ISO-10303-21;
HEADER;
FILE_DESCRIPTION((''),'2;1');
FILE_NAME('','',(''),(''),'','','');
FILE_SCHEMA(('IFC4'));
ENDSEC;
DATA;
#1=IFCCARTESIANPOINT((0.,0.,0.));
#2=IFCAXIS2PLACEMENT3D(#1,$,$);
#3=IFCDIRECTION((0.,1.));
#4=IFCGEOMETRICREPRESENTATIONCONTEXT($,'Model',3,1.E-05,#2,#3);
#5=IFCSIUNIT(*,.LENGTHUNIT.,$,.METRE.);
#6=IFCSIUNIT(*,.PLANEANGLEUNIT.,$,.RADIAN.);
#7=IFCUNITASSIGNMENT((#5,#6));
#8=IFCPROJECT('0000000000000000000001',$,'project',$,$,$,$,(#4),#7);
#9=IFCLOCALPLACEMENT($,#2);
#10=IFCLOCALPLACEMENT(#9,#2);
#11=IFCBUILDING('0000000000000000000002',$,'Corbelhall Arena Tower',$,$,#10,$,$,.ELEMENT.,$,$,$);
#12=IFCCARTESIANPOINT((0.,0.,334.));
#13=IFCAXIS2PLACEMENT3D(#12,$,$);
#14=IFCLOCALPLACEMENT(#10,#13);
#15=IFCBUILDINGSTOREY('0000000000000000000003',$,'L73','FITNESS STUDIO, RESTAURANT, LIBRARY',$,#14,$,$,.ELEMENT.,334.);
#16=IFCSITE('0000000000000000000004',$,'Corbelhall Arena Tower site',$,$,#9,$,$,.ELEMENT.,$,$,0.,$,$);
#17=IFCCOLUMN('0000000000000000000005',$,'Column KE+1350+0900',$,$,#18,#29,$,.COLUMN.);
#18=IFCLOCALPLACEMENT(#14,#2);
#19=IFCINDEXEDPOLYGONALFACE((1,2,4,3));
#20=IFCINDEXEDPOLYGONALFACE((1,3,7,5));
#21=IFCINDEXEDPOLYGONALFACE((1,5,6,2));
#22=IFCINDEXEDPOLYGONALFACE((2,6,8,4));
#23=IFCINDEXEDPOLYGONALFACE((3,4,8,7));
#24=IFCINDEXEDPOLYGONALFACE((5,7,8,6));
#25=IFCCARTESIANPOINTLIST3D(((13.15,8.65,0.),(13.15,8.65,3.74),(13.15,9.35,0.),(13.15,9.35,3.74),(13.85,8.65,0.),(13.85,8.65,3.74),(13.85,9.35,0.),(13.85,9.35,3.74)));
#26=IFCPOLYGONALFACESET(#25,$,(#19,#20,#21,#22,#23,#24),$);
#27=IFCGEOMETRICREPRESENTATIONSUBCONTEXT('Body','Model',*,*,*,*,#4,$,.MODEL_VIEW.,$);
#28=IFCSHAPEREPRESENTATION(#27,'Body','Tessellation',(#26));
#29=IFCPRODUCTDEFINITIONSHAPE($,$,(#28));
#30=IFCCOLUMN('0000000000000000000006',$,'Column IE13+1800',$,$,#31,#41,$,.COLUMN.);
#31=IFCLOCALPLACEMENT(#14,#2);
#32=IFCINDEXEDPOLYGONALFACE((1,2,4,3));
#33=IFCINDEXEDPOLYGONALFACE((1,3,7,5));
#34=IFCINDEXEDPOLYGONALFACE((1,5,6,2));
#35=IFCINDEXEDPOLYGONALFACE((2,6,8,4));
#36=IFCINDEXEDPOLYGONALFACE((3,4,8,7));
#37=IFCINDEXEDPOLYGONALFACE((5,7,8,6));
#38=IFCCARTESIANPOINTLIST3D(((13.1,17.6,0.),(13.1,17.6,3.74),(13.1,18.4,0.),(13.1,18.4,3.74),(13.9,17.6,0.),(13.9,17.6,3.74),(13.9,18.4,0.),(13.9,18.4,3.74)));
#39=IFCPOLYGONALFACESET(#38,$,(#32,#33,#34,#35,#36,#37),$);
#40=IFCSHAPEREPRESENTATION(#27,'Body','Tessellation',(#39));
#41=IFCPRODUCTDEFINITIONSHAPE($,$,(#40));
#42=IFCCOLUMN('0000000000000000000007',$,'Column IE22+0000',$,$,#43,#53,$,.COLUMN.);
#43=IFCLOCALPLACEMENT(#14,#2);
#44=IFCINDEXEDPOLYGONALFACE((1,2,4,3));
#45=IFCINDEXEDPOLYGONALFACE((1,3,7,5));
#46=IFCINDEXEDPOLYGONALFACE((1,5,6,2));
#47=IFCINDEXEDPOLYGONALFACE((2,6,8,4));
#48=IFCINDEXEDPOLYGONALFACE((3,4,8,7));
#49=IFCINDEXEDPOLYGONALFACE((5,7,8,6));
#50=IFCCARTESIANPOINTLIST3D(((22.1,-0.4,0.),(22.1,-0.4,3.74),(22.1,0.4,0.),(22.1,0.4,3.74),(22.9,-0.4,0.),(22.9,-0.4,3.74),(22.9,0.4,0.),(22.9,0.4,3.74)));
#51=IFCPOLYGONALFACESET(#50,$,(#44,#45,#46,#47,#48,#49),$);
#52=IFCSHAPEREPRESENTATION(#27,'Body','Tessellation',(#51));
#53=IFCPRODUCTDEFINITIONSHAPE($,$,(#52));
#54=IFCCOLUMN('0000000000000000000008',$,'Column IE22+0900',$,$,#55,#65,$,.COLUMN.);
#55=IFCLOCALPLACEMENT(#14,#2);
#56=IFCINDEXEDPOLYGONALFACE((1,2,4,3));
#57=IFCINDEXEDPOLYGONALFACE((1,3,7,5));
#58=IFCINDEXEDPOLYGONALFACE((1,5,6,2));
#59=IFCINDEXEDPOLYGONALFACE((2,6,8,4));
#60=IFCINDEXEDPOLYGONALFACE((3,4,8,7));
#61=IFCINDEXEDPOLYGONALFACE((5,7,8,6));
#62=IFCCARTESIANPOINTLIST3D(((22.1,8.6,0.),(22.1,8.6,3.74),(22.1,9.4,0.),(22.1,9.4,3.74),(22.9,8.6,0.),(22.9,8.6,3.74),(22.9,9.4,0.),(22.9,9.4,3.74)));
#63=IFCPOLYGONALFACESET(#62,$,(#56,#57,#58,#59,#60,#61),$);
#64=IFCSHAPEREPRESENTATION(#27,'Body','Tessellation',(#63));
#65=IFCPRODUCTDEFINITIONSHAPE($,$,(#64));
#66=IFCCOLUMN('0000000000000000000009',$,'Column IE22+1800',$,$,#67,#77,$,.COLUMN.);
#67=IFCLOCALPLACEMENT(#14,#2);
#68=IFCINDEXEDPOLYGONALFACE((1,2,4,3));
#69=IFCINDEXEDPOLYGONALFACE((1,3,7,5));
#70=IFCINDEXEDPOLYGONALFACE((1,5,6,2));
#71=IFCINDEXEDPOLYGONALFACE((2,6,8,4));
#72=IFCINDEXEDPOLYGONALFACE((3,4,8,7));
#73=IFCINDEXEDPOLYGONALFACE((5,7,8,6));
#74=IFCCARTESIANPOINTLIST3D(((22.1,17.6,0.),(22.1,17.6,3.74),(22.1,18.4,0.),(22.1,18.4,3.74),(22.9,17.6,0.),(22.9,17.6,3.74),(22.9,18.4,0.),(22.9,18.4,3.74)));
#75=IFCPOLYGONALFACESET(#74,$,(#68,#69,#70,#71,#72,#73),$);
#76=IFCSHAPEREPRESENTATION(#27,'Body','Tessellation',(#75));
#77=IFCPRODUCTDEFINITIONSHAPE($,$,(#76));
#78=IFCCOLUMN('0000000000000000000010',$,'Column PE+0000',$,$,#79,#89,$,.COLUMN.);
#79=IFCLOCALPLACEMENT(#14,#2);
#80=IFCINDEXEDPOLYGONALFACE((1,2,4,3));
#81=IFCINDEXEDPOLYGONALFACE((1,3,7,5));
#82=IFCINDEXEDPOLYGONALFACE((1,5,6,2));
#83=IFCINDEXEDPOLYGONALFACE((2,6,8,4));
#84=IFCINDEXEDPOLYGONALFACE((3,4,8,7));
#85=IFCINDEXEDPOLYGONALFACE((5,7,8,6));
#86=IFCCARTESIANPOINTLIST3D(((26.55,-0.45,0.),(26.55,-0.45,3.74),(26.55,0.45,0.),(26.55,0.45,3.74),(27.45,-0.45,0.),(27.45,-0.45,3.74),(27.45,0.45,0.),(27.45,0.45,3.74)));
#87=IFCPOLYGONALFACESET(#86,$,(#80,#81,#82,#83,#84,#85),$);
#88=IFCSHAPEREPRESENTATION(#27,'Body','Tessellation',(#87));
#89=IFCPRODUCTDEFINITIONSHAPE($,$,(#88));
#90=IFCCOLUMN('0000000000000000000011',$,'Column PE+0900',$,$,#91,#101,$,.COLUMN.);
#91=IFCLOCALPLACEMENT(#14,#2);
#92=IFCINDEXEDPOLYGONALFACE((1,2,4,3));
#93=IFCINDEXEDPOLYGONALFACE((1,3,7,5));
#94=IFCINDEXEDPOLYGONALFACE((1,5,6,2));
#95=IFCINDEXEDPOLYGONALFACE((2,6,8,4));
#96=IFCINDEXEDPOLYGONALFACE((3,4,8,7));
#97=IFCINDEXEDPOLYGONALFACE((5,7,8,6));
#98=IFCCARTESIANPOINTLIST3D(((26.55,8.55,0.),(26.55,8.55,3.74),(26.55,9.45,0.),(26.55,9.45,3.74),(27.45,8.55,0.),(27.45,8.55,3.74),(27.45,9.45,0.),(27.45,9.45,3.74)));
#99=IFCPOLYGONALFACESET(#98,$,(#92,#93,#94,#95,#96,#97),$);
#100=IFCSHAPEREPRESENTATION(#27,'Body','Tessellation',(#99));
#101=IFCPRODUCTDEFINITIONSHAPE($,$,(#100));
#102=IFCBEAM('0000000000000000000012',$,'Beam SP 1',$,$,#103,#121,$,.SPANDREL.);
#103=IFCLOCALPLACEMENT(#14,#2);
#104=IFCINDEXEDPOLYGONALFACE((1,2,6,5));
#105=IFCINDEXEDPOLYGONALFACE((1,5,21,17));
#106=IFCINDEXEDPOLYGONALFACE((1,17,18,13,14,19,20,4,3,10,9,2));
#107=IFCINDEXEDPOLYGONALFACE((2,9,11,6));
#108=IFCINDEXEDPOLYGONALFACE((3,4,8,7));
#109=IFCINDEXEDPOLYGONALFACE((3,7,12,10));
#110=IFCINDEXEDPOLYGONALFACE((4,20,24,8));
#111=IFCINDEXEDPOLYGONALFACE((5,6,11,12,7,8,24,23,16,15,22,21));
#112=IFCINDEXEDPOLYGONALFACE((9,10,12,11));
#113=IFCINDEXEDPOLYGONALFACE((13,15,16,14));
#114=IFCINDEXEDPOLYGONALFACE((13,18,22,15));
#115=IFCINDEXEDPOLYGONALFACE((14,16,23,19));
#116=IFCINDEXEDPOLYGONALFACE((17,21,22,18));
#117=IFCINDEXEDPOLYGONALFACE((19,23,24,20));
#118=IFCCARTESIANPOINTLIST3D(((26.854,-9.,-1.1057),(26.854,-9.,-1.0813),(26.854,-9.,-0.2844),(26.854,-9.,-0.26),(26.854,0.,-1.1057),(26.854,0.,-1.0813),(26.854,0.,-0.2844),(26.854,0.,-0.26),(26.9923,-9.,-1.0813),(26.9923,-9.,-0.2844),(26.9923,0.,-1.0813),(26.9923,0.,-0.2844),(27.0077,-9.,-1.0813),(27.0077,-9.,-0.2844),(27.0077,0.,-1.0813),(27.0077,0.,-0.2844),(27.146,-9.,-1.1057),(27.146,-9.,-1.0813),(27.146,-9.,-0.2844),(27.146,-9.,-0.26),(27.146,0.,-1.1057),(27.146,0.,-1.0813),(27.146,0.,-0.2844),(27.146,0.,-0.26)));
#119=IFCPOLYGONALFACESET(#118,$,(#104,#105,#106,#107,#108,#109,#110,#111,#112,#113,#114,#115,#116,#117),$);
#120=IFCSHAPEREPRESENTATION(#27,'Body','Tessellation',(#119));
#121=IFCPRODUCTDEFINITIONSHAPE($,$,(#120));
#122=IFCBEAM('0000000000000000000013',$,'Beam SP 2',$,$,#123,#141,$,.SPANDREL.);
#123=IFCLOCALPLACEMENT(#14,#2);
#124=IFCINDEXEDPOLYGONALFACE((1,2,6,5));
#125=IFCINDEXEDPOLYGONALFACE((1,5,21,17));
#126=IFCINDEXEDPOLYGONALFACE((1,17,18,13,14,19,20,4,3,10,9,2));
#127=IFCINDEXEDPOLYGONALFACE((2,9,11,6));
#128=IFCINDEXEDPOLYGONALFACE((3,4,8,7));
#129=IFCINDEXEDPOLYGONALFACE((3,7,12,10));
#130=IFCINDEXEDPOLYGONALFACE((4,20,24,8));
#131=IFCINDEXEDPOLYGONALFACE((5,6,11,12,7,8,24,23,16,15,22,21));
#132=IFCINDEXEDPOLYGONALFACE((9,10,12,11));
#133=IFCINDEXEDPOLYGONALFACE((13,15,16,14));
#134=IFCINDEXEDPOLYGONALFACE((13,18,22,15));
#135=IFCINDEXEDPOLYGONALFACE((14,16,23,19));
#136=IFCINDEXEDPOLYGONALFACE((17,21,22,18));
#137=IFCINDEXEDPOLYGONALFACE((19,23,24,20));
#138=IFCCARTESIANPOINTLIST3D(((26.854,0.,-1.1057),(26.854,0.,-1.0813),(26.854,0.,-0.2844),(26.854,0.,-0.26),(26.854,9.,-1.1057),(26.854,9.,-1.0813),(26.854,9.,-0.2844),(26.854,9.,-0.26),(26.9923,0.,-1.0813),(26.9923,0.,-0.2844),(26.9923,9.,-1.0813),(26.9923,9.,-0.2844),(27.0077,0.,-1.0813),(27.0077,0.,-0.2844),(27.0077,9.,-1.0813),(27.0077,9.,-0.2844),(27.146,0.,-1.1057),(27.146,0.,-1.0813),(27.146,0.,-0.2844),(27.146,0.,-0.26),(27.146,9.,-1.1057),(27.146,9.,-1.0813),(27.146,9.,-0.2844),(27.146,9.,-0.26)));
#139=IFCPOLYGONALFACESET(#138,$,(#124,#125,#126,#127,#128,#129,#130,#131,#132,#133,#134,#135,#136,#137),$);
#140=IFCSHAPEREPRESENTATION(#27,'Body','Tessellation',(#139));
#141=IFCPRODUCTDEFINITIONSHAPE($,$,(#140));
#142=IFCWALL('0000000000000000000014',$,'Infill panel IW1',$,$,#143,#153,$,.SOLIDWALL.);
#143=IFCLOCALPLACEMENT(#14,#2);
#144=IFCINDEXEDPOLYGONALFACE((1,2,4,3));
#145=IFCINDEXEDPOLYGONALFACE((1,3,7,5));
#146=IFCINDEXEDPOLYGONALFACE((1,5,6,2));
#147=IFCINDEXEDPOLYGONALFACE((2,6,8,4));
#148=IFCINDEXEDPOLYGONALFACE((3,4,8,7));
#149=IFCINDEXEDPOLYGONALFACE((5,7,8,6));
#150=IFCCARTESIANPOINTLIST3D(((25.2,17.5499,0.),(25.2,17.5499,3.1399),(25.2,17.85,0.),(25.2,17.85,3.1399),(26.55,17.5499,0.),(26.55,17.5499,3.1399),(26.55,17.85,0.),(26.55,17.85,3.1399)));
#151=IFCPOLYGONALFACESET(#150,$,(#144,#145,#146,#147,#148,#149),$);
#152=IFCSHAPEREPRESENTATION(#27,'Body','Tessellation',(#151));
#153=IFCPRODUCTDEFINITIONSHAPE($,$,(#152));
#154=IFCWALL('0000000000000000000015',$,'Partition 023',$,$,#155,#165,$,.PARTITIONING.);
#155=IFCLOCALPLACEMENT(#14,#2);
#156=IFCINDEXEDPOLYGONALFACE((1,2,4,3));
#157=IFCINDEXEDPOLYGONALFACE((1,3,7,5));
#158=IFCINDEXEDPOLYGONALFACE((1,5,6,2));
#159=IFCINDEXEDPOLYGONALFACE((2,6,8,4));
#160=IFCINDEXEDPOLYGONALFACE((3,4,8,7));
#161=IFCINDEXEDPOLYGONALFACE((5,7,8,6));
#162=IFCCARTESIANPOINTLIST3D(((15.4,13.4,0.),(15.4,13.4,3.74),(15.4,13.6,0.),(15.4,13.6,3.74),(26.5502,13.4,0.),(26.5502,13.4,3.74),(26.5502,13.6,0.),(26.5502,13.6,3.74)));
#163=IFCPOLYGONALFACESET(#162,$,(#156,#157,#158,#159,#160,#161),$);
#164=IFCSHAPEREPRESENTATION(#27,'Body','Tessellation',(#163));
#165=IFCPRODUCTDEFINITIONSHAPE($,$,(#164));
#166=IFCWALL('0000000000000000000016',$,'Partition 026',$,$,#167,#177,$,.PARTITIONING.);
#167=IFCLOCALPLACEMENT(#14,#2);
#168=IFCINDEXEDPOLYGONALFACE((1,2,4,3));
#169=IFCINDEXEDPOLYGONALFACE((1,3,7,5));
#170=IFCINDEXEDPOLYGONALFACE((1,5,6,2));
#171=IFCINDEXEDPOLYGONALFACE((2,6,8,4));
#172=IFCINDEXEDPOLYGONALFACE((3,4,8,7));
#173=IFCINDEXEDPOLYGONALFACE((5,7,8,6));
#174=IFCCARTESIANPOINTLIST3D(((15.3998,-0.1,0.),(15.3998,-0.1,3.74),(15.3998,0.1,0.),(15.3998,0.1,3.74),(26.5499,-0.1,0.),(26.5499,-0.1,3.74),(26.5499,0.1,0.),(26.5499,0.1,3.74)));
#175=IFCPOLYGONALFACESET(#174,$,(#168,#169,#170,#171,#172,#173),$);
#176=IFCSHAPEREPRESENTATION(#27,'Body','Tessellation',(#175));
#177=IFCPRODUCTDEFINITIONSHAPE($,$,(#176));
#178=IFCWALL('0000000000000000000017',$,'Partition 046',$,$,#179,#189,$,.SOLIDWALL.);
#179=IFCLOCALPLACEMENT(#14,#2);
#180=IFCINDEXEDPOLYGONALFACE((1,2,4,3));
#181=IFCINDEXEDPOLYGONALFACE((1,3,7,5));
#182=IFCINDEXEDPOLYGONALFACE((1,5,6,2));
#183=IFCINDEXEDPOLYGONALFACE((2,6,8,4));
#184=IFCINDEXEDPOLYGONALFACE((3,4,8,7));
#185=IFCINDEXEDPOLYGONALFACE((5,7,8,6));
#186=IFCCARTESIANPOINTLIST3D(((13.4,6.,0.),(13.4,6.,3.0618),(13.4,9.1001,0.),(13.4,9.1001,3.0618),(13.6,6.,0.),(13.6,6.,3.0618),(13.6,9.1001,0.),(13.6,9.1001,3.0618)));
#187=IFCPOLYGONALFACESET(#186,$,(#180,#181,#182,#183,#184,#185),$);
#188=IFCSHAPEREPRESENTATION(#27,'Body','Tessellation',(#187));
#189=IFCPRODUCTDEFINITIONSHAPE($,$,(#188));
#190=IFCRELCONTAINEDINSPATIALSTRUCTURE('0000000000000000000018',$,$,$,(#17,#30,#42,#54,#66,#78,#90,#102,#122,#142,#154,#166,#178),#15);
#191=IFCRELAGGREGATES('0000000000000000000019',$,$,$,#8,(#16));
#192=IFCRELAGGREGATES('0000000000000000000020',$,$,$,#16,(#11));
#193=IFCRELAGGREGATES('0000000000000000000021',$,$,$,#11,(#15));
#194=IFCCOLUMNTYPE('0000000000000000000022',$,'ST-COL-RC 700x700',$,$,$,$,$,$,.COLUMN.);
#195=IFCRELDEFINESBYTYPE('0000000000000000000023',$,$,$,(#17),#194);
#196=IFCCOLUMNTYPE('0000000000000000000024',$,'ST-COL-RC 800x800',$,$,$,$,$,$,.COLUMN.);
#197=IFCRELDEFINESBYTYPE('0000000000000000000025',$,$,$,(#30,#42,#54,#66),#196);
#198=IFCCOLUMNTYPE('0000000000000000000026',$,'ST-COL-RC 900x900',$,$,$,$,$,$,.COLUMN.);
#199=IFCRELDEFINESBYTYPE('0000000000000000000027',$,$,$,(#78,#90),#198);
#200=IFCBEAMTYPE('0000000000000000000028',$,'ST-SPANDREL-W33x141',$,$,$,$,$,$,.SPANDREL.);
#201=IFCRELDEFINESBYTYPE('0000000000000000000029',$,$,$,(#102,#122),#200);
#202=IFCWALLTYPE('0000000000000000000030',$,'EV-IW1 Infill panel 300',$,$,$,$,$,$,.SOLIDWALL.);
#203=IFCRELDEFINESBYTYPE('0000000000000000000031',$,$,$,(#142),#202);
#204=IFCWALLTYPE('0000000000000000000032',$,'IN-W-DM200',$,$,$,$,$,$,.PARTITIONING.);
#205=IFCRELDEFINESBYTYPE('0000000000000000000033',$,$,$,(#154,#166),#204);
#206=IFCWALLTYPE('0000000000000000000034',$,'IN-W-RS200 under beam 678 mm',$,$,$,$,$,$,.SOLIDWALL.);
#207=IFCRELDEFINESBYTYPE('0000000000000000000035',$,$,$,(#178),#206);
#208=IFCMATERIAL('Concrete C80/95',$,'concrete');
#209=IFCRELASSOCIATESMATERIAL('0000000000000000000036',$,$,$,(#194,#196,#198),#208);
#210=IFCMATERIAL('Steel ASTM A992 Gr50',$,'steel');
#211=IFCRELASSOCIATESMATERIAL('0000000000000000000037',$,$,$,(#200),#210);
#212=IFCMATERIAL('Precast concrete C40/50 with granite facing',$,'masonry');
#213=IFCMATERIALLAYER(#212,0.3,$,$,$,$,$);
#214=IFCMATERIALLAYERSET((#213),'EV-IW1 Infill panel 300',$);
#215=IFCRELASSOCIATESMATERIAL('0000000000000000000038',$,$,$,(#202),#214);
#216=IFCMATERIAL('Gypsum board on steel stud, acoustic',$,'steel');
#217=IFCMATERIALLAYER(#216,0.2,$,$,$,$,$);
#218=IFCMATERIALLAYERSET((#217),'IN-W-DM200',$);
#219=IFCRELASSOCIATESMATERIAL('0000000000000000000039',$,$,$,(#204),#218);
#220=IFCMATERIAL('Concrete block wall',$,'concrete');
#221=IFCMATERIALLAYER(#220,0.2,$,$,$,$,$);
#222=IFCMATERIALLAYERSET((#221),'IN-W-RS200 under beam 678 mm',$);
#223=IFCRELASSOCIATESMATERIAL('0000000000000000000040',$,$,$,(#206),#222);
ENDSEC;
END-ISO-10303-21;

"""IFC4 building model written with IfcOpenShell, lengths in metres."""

from ifc_helpers import new_model, si_unit, direction, frame, frame_2d, origin, origin_2d, place, context, subcontext, project, spatial, rectangle, i_section, extrude, material, layer, layer_set, material_profile, profile_set, type_object, element, save


model = new_model("IFC4")

# Units and contexts
model_context = context("Model", 3, precision=1e-05, world=origin(), true_north=direction((0.0, 1.0)))
body_context = subcontext(model_context, "Body", "Model", "MODEL_VIEW")
ifc_project = project(units=[si_unit("LENGTHUNIT", "METRE"), si_unit("PLANEANGLEUNIT", "RADIAN")], contexts=[model_context])

# Site, building, storey
site_placement = place(None, origin())
site = spatial("IfcSite", under=ifc_project, at=site_placement, Name="Corbelhall Arena Tower site", CompositionType="ELEMENT", RefElevation=0.0)
building_placement = place(site_placement, origin())
building = spatial("IfcBuilding", under=site, at=building_placement, Name="Corbelhall Arena Tower", CompositionType="ELEMENT")
storey_placement = place(building_placement, frame((0.0, 0.0, 334.0)))
storey = spatial("IfcBuildingStorey", under=building, at=storey_placement, Name="L73", Description="FITNESS STUDIO, RESTAURANT, LIBRARY", CompositionType="ELEMENT", Elevation=334.0)

# Columns
ifc_material_1 = material(Name="Concrete C80/95", Category="concrete")
ifc_material_profile_1 = material_profile(ifc_material_1, rectangle(XDim=0.7, YDim=0.7, at=origin_2d()))
ifc_profile_set_1 = profile_set([ifc_material_profile_1], Name="Concrete C80/95")
column_type_1 = type_object("IfcColumnType", Name="ST-COL-RC 700x700", PredefinedType="COLUMN", material=ifc_profile_set_1)
column_placement = place(storey_placement, frame((13.5, 9.0, 0.0), z_axis=(0.0, 0.0, 1.0), x_axis=(1.0, 0.0, 0.0)))
element("IfcColumn", 1, at=column_placement, inside=storey, type_object=column_type_1, Name="Column KE+1350+0900", PredefinedType="COLUMN", context=body_context, shape_type="SweptSolid", body=[
    extrude(rectangle(XDim=0.7, YDim=0.7, at=origin_2d()), origin(), (0.0, 0.0, 1.0), 3.74),
])
ifc_material_profile_2 = material_profile(ifc_material_1, rectangle(XDim=0.8, YDim=0.8, at=origin_2d()))
ifc_profile_set_2 = profile_set([ifc_material_profile_2], Name="Concrete C80/95")
column_type_2 = type_object("IfcColumnType", Name="ST-COL-RC 800x800", PredefinedType="COLUMN", material=ifc_profile_set_2)
for number, where, z_axis, x_axis, name in (
    (2, (13.5, 18.0, 0.0), (0.0, 0.0, 1.0), (1.0, 0.0, 0.0), "Column IE13+1800"),
    (3, (22.5, 0.0, 0.0), (0.0, 0.0, 1.0), (1.0, 0.0, 0.0), "Column IE22+0000"),
    (4, (22.5, 9.0, 0.0), (0.0, 0.0, 1.0), (1.0, 0.0, 0.0), "Column IE22+0900"),
    (5, (22.5, 18.0, 0.0), (0.0, 0.0, 1.0), (1.0, 0.0, 0.0), "Column IE22+1800"),
):
    element("IfcColumn", number, at=place(storey_placement, frame(where, z_axis=z_axis, x_axis=x_axis)), inside=storey, type_object=column_type_2, Name=name, PredefinedType="COLUMN", context=body_context, shape_type="SweptSolid", body=[
        extrude(rectangle(XDim=0.8, YDim=0.8, at=origin_2d()), origin(), (0.0, 0.0, 1.0), 3.74),
    ])
ifc_material_profile_3 = material_profile(ifc_material_1, rectangle(XDim=0.8999, YDim=0.8999, at=origin_2d()))
ifc_profile_set_3 = profile_set([ifc_material_profile_3], Name="Concrete C80/95")
column_type_3 = type_object("IfcColumnType", Name="ST-COL-RC 900x900", PredefinedType="COLUMN", material=ifc_profile_set_3)
for number, where, z_axis, x_axis, name in (
    (6, (27.0, 0.0, 0.0), (0.0, 0.0, 1.0), (0.0, 1.0, 0.0), "Column PE+0000"),
    (7, (27.0, 9.0, 0.0), (0.0, 0.0, 1.0), (0.0, 1.0, 0.0), "Column PE+0900"),
):
    element("IfcColumn", number, at=place(storey_placement, frame(where, z_axis=z_axis, x_axis=x_axis)), inside=storey, type_object=column_type_3, Name=name, PredefinedType="COLUMN", context=body_context, shape_type="SweptSolid", body=[
        extrude(rectangle(XDim=0.8999, YDim=0.8999, at=origin_2d()), origin(), (0.0, 0.0, 1.0), 3.74),
    ])

# Beams
ifc_material_2 = material(Name="Steel ASTM A992 Gr50", Category="steel")
ifc_material_profile_4 = material_profile(ifc_material_2, i_section(OverallWidth=0.292, OverallDepth=0.8457, WebThickness=0.0154, FlangeThickness=0.0244, at=origin_2d()))
ifc_profile_set_4 = profile_set([ifc_material_profile_4], Name="Steel ASTM A992 Gr50")
beam_type = type_object("IfcBeamType", Name="ST-SPANDREL-W33x141", PredefinedType="SPANDREL", material=ifc_profile_set_4)
for number, where, z_axis, x_axis, name in (
    (8, (27.0, 0.0, -0.6829), (0.0, -1.0, 0.0), (1.0, 0.0, 0.0), "Beam SP 1"),
    (9, (27.0, 9.0, -0.6829), (0.0, -1.0, 0.0), (1.0, 0.0, 0.0), "Beam SP 2"),
):
    element("IfcBeam", number, at=place(storey_placement, frame(where, z_axis=z_axis, x_axis=x_axis)), inside=storey, type_object=beam_type, Name=name, PredefinedType="SPANDREL", context=body_context, shape_type="SweptSolid", body=[
        extrude(i_section(OverallWidth=0.292, OverallDepth=0.8457, WebThickness=0.0154, FlangeThickness=0.0244, at=origin_2d()), origin(), (0.0, 0.0, 1.0), 9.0),
    ])

# Shared definitions
ifc_material_3 = material(Name="Precast concrete C40/50 with granite facing", Category="masonry")
ifc_layer_1 = layer(ifc_material_3, 0.3)
ifc_layer_set_1 = layer_set([ifc_layer_1], Name="EV-IW1 Infill panel 300")
wall_type_1 = type_object("IfcWallType", Name="EV-IW1 Infill panel 300", PredefinedType="SOLIDWALL", material=ifc_layer_set_1)

# Wall
wall_1_placement = place(storey_placement, frame((26.55, 17.7, 0.0), z_axis=(0.0, 0.0, 1.0), x_axis=(-1.0, 0.0, 0.0)))
element("IfcWall", 10, at=wall_1_placement, inside=storey, type_object=wall_type_1, Name="Infill panel IW1", PredefinedType="SOLIDWALL", context=body_context, shape_type="SweptSolid", body=[
    extrude(rectangle(XDim=1.3501, YDim=0.3, at=frame_2d((0.675, 0.0))), origin(), (0.0, 0.0, 1.0), 3.1399),
])

# Shared definitions
ifc_material_4 = material(Name="Gypsum board on steel stud, acoustic", Category="steel")
ifc_layer_2 = layer(ifc_material_4, 0.2)
ifc_layer_set_2 = layer_set([ifc_layer_2], Name="IN-W-DM200")
wall_type_2 = type_object("IfcWallType", Name="IN-W-DM200", PredefinedType="PARTITIONING", material=ifc_layer_set_2)

# Wall
wall_2_placement = place(storey_placement, frame((15.3999, 13.5, 0.0), z_axis=(0.0, 0.0, 1.0), x_axis=(1.0, 0.0, 0.0)))
element("IfcWall", 11, at=wall_2_placement, inside=storey, type_object=wall_type_2, Name="Partition 023", PredefinedType="PARTITIONING", context=body_context, shape_type="SweptSolid", body=[
    extrude(rectangle(XDim=11.1501, YDim=0.2, at=frame_2d((5.5752, 0.0))), origin(), (0.0, 0.0, 1.0), 3.74),
])

# Walls
wall_3_placement = place(storey_placement, frame((26.55, 0.0, 0.0), z_axis=(0.0, 0.0, 1.0), x_axis=(-1.0, 0.0, 0.0)))
element("IfcWall", 12, at=wall_3_placement, inside=storey, type_object=wall_type_2, Name="Partition 026", PredefinedType="PARTITIONING", context=body_context, shape_type="SweptSolid", body=[
    extrude(rectangle(XDim=11.1501, YDim=0.2, at=frame_2d((5.5752, 0.0))), origin(), (0.0, 0.0, 1.0), 3.74),
])
ifc_material_5 = material(Name="Concrete block wall", Category="concrete")
ifc_layer_3 = layer(ifc_material_5, 0.2)
ifc_layer_set_3 = layer_set([ifc_layer_3], Name="IN-W-RS200 under beam 678 mm")
wall_type_3 = type_object("IfcWallType", Name="IN-W-RS200 under beam 678 mm", PredefinedType="SOLIDWALL", material=ifc_layer_set_3)
wall_4_placement = place(storey_placement, frame((13.5, 9.1001, 0.0), z_axis=(0.0, 0.0, 1.0), x_axis=(0.0, -1.0, 0.0)))
element("IfcWall", 13, at=wall_4_placement, inside=storey, type_object=wall_type_3, Name="Partition 046", PredefinedType="SOLIDWALL", context=body_context, shape_type="SweptSolid", body=[
    extrude(rectangle(XDim=3.1001, YDim=0.2, at=frame_2d((1.55, 0.0))), origin(), (0.0, 0.0, 1.0), 3.0618),
])

save(model, "model.ifc")
